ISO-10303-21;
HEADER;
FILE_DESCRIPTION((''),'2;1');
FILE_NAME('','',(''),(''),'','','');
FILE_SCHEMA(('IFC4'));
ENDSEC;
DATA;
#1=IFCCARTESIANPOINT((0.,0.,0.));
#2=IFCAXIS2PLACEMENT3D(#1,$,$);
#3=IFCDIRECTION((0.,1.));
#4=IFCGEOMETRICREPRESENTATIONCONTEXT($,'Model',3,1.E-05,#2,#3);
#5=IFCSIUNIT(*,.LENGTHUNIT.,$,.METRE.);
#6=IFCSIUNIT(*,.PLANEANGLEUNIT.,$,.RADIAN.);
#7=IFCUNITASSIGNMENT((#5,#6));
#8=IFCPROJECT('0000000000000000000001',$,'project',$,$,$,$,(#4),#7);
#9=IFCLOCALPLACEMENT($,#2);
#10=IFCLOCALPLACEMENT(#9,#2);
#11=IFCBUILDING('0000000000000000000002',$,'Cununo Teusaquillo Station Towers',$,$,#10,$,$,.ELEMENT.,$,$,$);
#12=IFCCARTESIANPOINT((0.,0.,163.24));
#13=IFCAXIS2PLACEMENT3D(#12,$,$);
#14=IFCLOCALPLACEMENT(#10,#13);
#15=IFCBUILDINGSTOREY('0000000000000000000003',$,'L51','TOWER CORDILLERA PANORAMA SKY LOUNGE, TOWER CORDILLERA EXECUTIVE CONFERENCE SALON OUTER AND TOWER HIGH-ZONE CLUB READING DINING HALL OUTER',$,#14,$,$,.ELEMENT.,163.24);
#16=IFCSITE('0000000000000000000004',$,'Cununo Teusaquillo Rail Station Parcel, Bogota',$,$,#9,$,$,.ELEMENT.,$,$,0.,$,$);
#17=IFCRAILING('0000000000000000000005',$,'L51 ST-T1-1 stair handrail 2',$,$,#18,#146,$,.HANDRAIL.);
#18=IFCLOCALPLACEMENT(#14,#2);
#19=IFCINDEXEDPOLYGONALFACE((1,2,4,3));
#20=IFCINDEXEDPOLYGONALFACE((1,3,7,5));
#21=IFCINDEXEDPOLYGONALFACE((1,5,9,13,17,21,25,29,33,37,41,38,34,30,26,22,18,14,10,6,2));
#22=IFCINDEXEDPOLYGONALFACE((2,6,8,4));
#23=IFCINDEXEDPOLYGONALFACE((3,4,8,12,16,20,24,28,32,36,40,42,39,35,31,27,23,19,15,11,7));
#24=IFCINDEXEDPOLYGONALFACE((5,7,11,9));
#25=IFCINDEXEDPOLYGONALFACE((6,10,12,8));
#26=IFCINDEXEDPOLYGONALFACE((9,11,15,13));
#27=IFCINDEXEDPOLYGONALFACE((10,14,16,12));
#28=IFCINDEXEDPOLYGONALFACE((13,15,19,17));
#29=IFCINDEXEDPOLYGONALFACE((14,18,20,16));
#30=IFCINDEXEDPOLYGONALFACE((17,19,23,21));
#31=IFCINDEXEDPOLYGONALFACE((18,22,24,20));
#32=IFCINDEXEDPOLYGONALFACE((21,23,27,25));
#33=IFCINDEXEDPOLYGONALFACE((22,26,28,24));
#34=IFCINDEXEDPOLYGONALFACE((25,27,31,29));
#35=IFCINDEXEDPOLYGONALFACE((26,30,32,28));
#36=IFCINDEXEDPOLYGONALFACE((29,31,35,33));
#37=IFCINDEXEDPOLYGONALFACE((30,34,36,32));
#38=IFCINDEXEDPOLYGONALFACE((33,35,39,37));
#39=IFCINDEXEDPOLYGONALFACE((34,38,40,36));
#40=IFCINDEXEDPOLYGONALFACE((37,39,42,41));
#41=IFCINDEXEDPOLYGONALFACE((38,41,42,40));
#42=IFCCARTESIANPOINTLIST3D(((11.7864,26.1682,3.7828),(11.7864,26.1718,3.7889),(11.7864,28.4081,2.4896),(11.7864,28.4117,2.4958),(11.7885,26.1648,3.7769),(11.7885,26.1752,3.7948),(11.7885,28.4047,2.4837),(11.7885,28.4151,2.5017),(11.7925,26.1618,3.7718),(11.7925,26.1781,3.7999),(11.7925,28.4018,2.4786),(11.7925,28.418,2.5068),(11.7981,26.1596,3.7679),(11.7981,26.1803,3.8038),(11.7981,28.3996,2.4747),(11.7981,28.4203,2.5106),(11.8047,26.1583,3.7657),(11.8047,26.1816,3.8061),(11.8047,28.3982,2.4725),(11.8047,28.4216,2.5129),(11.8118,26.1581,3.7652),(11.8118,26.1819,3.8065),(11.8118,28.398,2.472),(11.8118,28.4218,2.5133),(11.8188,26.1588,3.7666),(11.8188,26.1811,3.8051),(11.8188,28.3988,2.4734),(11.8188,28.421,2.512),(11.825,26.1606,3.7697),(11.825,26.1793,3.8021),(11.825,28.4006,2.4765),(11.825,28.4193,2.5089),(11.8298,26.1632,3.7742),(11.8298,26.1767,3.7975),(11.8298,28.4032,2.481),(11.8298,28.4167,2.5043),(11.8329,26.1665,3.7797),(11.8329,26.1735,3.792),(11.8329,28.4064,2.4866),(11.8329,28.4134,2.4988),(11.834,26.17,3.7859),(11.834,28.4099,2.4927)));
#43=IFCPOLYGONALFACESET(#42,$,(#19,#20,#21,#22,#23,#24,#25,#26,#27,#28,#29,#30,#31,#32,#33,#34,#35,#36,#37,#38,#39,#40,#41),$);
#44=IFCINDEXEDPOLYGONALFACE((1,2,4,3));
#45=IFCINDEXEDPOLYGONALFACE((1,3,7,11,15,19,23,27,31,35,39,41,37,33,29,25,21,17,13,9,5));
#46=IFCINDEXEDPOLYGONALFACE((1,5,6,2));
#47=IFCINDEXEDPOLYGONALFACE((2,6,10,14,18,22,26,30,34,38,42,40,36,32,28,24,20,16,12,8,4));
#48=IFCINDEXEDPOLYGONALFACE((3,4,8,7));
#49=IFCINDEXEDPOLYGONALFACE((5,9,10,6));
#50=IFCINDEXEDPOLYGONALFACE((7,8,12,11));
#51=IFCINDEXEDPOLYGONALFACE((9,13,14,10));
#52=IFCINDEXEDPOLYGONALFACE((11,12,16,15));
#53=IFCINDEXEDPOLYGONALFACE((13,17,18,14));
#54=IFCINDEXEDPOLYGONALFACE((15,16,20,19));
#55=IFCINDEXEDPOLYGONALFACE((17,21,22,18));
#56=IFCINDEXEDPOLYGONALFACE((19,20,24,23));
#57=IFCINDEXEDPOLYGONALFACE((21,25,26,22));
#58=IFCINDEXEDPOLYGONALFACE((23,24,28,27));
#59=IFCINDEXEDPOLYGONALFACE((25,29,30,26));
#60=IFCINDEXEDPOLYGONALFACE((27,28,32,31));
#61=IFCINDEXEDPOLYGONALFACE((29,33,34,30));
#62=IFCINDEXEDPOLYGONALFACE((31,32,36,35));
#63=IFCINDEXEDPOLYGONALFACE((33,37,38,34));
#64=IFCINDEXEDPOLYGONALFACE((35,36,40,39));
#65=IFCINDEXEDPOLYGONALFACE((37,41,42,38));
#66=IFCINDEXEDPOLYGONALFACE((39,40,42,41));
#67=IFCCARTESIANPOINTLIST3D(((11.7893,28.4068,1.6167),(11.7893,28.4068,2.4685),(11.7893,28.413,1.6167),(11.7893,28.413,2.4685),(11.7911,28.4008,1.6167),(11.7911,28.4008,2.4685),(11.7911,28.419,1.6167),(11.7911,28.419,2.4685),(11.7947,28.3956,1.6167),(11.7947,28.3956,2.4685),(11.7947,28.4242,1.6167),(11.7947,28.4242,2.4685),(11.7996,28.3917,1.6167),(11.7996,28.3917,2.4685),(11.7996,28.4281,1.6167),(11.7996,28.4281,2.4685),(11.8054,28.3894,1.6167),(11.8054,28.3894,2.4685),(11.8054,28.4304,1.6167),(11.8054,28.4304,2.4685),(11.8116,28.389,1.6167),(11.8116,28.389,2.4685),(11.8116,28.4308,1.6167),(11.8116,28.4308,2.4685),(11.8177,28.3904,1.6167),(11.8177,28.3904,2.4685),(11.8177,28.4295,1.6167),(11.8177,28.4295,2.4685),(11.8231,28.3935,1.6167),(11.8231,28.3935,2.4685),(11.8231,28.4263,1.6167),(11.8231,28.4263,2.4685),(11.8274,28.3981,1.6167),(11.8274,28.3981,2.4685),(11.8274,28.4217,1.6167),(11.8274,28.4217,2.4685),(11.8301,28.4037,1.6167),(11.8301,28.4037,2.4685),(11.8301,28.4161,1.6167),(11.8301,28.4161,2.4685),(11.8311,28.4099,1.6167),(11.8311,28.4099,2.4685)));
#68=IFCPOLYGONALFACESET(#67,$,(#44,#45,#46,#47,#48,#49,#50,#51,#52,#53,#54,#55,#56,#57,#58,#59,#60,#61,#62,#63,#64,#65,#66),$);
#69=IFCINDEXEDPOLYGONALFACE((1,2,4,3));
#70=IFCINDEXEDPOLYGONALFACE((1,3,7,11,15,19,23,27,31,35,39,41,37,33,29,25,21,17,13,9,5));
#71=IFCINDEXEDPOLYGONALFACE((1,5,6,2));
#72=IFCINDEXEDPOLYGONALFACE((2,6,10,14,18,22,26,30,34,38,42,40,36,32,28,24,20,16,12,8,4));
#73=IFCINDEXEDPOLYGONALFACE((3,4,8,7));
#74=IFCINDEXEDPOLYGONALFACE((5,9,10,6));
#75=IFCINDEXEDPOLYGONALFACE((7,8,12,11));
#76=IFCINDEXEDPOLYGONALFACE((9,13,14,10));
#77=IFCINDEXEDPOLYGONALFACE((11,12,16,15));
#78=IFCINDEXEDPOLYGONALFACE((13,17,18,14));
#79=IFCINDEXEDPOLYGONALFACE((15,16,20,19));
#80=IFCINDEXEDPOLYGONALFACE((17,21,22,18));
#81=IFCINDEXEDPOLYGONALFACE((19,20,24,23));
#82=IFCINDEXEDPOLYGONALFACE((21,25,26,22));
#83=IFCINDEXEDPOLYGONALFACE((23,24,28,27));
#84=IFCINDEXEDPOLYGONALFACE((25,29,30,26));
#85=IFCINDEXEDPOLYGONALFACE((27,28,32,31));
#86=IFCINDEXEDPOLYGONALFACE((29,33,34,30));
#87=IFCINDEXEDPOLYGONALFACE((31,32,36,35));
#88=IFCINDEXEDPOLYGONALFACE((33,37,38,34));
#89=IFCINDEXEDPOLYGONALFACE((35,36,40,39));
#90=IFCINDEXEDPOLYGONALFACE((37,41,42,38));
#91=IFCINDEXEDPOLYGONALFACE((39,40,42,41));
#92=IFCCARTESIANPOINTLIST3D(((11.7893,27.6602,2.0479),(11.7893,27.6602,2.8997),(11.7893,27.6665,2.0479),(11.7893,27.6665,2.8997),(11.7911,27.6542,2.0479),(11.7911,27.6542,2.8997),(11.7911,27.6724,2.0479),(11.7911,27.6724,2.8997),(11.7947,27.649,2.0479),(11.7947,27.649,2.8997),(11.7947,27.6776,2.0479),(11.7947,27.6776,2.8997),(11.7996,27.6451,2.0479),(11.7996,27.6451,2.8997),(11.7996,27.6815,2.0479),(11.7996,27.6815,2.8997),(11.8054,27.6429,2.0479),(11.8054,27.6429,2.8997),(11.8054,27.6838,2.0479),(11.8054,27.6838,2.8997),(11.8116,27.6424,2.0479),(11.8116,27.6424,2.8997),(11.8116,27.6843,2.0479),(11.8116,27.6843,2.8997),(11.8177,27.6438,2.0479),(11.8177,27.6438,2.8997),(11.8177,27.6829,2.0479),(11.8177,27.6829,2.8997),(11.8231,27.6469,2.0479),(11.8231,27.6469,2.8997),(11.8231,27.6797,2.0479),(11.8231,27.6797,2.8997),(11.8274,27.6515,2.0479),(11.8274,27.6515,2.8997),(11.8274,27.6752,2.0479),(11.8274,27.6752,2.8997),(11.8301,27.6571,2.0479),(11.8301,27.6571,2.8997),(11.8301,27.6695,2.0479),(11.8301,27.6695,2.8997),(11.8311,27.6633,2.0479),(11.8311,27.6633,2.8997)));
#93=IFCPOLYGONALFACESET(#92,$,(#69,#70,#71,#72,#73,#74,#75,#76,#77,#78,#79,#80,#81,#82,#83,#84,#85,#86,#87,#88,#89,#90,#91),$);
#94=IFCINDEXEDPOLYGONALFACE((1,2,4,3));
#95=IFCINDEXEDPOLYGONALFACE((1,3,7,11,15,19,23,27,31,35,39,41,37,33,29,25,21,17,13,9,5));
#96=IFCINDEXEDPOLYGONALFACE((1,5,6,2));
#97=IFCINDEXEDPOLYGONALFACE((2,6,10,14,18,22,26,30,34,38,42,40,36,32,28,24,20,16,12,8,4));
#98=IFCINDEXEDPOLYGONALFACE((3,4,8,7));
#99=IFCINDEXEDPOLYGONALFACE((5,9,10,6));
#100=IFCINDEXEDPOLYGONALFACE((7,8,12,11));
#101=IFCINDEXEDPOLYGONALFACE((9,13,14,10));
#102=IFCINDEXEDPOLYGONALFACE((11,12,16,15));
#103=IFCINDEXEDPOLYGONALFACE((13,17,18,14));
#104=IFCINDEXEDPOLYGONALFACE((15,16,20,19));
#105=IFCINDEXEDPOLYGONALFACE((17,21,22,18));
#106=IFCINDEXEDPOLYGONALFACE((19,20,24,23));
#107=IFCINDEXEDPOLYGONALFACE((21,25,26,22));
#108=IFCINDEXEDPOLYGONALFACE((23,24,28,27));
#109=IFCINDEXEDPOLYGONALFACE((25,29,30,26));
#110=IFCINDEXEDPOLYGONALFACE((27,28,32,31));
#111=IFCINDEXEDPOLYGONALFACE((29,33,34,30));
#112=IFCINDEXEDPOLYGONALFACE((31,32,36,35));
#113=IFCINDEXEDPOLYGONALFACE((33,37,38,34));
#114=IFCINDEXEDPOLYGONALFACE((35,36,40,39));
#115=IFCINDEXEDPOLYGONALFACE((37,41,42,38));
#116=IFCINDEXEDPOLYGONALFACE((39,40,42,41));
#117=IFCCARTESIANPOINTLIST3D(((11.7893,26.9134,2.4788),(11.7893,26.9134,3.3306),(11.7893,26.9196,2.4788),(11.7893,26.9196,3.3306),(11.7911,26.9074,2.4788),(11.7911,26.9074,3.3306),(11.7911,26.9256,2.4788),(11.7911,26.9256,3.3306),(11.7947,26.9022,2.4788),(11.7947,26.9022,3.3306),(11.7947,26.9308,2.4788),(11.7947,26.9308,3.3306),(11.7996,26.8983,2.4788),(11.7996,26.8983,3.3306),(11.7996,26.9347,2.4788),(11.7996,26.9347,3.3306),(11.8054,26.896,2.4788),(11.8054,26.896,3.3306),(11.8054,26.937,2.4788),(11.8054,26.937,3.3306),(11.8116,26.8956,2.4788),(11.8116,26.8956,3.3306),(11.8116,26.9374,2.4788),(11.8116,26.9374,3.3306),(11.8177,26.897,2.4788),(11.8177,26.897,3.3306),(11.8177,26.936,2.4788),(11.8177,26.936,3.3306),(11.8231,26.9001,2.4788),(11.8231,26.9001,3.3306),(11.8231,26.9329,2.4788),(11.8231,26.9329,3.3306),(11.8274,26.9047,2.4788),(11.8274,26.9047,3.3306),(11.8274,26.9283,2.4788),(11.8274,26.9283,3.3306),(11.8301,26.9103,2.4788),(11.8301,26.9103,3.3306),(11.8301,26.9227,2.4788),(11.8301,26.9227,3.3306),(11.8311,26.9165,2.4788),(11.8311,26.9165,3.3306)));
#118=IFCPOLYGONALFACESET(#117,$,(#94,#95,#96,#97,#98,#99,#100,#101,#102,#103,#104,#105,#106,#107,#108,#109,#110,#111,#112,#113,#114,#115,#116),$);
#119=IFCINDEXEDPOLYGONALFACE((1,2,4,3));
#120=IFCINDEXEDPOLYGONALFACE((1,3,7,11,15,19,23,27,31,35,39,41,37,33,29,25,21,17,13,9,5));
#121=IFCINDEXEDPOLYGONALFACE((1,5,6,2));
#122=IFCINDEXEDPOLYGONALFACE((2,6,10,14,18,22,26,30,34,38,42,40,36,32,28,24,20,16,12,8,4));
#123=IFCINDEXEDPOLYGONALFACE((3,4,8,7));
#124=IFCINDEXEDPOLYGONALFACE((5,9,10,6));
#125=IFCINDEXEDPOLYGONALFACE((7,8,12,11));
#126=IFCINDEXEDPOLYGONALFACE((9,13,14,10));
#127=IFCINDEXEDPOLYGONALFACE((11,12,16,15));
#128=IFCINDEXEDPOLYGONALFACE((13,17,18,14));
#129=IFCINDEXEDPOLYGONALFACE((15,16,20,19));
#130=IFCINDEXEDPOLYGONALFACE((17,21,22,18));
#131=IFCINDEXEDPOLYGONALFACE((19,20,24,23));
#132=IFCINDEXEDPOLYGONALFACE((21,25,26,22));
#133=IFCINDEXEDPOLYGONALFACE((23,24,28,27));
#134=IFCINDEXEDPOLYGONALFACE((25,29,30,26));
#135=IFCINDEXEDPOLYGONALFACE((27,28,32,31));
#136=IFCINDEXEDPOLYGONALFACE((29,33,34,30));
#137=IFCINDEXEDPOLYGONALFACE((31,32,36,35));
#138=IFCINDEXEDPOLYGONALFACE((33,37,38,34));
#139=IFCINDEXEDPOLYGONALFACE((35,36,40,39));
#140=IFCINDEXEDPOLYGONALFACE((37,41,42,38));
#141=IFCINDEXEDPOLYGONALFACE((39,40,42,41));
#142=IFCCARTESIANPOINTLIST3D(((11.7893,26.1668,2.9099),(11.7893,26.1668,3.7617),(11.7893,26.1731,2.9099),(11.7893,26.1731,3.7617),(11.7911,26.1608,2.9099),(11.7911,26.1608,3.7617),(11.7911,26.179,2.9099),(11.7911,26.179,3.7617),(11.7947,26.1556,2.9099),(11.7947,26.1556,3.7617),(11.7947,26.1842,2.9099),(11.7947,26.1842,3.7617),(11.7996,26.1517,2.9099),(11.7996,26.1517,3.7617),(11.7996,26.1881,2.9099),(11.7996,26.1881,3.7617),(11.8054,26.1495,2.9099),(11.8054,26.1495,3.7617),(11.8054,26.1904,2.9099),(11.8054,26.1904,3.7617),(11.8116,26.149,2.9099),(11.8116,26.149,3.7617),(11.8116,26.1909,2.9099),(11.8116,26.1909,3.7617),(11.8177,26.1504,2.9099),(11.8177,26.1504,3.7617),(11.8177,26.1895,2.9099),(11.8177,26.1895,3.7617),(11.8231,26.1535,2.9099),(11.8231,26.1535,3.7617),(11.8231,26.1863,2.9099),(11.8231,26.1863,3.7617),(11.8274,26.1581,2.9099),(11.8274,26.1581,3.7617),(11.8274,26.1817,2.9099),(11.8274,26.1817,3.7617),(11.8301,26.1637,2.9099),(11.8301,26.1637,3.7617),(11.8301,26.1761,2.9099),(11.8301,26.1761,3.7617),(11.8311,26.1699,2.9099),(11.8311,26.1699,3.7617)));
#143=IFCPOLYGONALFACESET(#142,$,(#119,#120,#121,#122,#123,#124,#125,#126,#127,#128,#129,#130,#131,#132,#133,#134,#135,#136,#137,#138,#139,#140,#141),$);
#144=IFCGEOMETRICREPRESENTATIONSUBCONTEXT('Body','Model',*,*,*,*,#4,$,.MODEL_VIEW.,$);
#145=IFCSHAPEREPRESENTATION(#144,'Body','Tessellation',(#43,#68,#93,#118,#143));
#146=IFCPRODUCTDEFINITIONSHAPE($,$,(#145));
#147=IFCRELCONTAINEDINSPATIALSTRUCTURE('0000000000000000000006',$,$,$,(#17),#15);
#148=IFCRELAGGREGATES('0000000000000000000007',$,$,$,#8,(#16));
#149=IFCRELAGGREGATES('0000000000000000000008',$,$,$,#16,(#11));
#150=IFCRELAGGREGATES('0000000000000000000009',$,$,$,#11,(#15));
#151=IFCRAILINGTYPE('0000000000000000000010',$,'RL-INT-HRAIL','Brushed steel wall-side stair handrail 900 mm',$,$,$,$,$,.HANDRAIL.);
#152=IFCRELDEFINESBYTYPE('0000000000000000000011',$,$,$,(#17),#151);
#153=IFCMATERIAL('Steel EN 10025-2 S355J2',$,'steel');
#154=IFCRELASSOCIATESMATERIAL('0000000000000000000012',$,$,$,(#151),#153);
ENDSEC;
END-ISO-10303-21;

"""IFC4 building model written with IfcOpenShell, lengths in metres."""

from ifc_helpers import new_model, si_unit, direction, frame, origin, origin_2d, place, context, subcontext, project, spatial, circle, extrude, material, type_object, element, save


model = new_model("IFC4")

# Units and contexts
model_context = context("Model", 3, precision=1e-05, world=origin(), true_north=direction((0.0, 1.0)))
body_context = subcontext(model_context, "Body", "Model", "MODEL_VIEW")
ifc_project = project(units=[si_unit("LENGTHUNIT", "METRE"), si_unit("PLANEANGLEUNIT", "RADIAN")], contexts=[model_context])

# Site, building, storey
site_placement = place(None, origin())
site = spatial("IfcSite", under=ifc_project, at=site_placement, Name="Cununo Teusaquillo Rail Station Parcel, Bogota", CompositionType="ELEMENT", RefElevation=0.0)
building_placement = place(site_placement, origin())
building = spatial("IfcBuilding", under=site, at=building_placement, Name="Cununo Teusaquillo Station Towers", CompositionType="ELEMENT")
storey_placement = place(building_placement, frame((0.0, 0.0, 163.24)))
storey = spatial("IfcBuildingStorey", under=building, at=storey_placement, Name="L51", Description="TOWER CORDILLERA PANORAMA SKY LOUNGE, TOWER CORDILLERA EXECUTIVE CONFERENCE SALON OUTER AND TOWER HIGH-ZONE CLUB READING DINING HALL OUTER", CompositionType="ELEMENT", Elevation=163.24)

# Railing
ifc_material_1 = material(Name="Steel EN 10025-2 S355J2", Category="steel")
railing_type_1 = type_object("IfcRailingType", Name="RL-INT-HRAIL", Description="Brushed steel wall-side stair handrail 900 mm", PredefinedType="HANDRAIL", material=ifc_material_1)
railing_1_placement = place(storey_placement, frame((11.8101, 28.4099, 1.6167)))
element("IfcRailing", 1, at=railing_1_placement, inside=storey, type_object=railing_type_1, Name="L51 ST-T1-1 stair handrail 2", PredefinedType="HANDRAIL", context=body_context, shape_type="SweptSolid", body=[
    extrude(circle(Radius=0.0239, at=origin_2d()), frame((0.0, 0.0, 0.876), z_axis=(0.0, -0.866033, 0.499987), x_axis=(1.0, 0.0, 0.0)), (0.0, 0.0, 1.0), 2.5864),
    extrude(circle(Radius=0.021, at=origin_2d()), origin(), (0.0, 0.0, 1.0), 0.8518),
    extrude(circle(Radius=0.021, at=origin_2d()), frame((0.0, -0.7466, 0.4312)), (0.0, 0.0, 1.0), 0.8518),
    extrude(circle(Radius=0.021, at=origin_2d()), frame((0.0, -1.4934, 0.8621)), (0.0, 0.0, 1.0), 0.8518),
    extrude(circle(Radius=0.021, at=origin_2d()), frame((0.0, -2.24, 1.2932)), (0.0, 0.0, 1.0), 0.8518),
])

save(model, "model.ifc")
